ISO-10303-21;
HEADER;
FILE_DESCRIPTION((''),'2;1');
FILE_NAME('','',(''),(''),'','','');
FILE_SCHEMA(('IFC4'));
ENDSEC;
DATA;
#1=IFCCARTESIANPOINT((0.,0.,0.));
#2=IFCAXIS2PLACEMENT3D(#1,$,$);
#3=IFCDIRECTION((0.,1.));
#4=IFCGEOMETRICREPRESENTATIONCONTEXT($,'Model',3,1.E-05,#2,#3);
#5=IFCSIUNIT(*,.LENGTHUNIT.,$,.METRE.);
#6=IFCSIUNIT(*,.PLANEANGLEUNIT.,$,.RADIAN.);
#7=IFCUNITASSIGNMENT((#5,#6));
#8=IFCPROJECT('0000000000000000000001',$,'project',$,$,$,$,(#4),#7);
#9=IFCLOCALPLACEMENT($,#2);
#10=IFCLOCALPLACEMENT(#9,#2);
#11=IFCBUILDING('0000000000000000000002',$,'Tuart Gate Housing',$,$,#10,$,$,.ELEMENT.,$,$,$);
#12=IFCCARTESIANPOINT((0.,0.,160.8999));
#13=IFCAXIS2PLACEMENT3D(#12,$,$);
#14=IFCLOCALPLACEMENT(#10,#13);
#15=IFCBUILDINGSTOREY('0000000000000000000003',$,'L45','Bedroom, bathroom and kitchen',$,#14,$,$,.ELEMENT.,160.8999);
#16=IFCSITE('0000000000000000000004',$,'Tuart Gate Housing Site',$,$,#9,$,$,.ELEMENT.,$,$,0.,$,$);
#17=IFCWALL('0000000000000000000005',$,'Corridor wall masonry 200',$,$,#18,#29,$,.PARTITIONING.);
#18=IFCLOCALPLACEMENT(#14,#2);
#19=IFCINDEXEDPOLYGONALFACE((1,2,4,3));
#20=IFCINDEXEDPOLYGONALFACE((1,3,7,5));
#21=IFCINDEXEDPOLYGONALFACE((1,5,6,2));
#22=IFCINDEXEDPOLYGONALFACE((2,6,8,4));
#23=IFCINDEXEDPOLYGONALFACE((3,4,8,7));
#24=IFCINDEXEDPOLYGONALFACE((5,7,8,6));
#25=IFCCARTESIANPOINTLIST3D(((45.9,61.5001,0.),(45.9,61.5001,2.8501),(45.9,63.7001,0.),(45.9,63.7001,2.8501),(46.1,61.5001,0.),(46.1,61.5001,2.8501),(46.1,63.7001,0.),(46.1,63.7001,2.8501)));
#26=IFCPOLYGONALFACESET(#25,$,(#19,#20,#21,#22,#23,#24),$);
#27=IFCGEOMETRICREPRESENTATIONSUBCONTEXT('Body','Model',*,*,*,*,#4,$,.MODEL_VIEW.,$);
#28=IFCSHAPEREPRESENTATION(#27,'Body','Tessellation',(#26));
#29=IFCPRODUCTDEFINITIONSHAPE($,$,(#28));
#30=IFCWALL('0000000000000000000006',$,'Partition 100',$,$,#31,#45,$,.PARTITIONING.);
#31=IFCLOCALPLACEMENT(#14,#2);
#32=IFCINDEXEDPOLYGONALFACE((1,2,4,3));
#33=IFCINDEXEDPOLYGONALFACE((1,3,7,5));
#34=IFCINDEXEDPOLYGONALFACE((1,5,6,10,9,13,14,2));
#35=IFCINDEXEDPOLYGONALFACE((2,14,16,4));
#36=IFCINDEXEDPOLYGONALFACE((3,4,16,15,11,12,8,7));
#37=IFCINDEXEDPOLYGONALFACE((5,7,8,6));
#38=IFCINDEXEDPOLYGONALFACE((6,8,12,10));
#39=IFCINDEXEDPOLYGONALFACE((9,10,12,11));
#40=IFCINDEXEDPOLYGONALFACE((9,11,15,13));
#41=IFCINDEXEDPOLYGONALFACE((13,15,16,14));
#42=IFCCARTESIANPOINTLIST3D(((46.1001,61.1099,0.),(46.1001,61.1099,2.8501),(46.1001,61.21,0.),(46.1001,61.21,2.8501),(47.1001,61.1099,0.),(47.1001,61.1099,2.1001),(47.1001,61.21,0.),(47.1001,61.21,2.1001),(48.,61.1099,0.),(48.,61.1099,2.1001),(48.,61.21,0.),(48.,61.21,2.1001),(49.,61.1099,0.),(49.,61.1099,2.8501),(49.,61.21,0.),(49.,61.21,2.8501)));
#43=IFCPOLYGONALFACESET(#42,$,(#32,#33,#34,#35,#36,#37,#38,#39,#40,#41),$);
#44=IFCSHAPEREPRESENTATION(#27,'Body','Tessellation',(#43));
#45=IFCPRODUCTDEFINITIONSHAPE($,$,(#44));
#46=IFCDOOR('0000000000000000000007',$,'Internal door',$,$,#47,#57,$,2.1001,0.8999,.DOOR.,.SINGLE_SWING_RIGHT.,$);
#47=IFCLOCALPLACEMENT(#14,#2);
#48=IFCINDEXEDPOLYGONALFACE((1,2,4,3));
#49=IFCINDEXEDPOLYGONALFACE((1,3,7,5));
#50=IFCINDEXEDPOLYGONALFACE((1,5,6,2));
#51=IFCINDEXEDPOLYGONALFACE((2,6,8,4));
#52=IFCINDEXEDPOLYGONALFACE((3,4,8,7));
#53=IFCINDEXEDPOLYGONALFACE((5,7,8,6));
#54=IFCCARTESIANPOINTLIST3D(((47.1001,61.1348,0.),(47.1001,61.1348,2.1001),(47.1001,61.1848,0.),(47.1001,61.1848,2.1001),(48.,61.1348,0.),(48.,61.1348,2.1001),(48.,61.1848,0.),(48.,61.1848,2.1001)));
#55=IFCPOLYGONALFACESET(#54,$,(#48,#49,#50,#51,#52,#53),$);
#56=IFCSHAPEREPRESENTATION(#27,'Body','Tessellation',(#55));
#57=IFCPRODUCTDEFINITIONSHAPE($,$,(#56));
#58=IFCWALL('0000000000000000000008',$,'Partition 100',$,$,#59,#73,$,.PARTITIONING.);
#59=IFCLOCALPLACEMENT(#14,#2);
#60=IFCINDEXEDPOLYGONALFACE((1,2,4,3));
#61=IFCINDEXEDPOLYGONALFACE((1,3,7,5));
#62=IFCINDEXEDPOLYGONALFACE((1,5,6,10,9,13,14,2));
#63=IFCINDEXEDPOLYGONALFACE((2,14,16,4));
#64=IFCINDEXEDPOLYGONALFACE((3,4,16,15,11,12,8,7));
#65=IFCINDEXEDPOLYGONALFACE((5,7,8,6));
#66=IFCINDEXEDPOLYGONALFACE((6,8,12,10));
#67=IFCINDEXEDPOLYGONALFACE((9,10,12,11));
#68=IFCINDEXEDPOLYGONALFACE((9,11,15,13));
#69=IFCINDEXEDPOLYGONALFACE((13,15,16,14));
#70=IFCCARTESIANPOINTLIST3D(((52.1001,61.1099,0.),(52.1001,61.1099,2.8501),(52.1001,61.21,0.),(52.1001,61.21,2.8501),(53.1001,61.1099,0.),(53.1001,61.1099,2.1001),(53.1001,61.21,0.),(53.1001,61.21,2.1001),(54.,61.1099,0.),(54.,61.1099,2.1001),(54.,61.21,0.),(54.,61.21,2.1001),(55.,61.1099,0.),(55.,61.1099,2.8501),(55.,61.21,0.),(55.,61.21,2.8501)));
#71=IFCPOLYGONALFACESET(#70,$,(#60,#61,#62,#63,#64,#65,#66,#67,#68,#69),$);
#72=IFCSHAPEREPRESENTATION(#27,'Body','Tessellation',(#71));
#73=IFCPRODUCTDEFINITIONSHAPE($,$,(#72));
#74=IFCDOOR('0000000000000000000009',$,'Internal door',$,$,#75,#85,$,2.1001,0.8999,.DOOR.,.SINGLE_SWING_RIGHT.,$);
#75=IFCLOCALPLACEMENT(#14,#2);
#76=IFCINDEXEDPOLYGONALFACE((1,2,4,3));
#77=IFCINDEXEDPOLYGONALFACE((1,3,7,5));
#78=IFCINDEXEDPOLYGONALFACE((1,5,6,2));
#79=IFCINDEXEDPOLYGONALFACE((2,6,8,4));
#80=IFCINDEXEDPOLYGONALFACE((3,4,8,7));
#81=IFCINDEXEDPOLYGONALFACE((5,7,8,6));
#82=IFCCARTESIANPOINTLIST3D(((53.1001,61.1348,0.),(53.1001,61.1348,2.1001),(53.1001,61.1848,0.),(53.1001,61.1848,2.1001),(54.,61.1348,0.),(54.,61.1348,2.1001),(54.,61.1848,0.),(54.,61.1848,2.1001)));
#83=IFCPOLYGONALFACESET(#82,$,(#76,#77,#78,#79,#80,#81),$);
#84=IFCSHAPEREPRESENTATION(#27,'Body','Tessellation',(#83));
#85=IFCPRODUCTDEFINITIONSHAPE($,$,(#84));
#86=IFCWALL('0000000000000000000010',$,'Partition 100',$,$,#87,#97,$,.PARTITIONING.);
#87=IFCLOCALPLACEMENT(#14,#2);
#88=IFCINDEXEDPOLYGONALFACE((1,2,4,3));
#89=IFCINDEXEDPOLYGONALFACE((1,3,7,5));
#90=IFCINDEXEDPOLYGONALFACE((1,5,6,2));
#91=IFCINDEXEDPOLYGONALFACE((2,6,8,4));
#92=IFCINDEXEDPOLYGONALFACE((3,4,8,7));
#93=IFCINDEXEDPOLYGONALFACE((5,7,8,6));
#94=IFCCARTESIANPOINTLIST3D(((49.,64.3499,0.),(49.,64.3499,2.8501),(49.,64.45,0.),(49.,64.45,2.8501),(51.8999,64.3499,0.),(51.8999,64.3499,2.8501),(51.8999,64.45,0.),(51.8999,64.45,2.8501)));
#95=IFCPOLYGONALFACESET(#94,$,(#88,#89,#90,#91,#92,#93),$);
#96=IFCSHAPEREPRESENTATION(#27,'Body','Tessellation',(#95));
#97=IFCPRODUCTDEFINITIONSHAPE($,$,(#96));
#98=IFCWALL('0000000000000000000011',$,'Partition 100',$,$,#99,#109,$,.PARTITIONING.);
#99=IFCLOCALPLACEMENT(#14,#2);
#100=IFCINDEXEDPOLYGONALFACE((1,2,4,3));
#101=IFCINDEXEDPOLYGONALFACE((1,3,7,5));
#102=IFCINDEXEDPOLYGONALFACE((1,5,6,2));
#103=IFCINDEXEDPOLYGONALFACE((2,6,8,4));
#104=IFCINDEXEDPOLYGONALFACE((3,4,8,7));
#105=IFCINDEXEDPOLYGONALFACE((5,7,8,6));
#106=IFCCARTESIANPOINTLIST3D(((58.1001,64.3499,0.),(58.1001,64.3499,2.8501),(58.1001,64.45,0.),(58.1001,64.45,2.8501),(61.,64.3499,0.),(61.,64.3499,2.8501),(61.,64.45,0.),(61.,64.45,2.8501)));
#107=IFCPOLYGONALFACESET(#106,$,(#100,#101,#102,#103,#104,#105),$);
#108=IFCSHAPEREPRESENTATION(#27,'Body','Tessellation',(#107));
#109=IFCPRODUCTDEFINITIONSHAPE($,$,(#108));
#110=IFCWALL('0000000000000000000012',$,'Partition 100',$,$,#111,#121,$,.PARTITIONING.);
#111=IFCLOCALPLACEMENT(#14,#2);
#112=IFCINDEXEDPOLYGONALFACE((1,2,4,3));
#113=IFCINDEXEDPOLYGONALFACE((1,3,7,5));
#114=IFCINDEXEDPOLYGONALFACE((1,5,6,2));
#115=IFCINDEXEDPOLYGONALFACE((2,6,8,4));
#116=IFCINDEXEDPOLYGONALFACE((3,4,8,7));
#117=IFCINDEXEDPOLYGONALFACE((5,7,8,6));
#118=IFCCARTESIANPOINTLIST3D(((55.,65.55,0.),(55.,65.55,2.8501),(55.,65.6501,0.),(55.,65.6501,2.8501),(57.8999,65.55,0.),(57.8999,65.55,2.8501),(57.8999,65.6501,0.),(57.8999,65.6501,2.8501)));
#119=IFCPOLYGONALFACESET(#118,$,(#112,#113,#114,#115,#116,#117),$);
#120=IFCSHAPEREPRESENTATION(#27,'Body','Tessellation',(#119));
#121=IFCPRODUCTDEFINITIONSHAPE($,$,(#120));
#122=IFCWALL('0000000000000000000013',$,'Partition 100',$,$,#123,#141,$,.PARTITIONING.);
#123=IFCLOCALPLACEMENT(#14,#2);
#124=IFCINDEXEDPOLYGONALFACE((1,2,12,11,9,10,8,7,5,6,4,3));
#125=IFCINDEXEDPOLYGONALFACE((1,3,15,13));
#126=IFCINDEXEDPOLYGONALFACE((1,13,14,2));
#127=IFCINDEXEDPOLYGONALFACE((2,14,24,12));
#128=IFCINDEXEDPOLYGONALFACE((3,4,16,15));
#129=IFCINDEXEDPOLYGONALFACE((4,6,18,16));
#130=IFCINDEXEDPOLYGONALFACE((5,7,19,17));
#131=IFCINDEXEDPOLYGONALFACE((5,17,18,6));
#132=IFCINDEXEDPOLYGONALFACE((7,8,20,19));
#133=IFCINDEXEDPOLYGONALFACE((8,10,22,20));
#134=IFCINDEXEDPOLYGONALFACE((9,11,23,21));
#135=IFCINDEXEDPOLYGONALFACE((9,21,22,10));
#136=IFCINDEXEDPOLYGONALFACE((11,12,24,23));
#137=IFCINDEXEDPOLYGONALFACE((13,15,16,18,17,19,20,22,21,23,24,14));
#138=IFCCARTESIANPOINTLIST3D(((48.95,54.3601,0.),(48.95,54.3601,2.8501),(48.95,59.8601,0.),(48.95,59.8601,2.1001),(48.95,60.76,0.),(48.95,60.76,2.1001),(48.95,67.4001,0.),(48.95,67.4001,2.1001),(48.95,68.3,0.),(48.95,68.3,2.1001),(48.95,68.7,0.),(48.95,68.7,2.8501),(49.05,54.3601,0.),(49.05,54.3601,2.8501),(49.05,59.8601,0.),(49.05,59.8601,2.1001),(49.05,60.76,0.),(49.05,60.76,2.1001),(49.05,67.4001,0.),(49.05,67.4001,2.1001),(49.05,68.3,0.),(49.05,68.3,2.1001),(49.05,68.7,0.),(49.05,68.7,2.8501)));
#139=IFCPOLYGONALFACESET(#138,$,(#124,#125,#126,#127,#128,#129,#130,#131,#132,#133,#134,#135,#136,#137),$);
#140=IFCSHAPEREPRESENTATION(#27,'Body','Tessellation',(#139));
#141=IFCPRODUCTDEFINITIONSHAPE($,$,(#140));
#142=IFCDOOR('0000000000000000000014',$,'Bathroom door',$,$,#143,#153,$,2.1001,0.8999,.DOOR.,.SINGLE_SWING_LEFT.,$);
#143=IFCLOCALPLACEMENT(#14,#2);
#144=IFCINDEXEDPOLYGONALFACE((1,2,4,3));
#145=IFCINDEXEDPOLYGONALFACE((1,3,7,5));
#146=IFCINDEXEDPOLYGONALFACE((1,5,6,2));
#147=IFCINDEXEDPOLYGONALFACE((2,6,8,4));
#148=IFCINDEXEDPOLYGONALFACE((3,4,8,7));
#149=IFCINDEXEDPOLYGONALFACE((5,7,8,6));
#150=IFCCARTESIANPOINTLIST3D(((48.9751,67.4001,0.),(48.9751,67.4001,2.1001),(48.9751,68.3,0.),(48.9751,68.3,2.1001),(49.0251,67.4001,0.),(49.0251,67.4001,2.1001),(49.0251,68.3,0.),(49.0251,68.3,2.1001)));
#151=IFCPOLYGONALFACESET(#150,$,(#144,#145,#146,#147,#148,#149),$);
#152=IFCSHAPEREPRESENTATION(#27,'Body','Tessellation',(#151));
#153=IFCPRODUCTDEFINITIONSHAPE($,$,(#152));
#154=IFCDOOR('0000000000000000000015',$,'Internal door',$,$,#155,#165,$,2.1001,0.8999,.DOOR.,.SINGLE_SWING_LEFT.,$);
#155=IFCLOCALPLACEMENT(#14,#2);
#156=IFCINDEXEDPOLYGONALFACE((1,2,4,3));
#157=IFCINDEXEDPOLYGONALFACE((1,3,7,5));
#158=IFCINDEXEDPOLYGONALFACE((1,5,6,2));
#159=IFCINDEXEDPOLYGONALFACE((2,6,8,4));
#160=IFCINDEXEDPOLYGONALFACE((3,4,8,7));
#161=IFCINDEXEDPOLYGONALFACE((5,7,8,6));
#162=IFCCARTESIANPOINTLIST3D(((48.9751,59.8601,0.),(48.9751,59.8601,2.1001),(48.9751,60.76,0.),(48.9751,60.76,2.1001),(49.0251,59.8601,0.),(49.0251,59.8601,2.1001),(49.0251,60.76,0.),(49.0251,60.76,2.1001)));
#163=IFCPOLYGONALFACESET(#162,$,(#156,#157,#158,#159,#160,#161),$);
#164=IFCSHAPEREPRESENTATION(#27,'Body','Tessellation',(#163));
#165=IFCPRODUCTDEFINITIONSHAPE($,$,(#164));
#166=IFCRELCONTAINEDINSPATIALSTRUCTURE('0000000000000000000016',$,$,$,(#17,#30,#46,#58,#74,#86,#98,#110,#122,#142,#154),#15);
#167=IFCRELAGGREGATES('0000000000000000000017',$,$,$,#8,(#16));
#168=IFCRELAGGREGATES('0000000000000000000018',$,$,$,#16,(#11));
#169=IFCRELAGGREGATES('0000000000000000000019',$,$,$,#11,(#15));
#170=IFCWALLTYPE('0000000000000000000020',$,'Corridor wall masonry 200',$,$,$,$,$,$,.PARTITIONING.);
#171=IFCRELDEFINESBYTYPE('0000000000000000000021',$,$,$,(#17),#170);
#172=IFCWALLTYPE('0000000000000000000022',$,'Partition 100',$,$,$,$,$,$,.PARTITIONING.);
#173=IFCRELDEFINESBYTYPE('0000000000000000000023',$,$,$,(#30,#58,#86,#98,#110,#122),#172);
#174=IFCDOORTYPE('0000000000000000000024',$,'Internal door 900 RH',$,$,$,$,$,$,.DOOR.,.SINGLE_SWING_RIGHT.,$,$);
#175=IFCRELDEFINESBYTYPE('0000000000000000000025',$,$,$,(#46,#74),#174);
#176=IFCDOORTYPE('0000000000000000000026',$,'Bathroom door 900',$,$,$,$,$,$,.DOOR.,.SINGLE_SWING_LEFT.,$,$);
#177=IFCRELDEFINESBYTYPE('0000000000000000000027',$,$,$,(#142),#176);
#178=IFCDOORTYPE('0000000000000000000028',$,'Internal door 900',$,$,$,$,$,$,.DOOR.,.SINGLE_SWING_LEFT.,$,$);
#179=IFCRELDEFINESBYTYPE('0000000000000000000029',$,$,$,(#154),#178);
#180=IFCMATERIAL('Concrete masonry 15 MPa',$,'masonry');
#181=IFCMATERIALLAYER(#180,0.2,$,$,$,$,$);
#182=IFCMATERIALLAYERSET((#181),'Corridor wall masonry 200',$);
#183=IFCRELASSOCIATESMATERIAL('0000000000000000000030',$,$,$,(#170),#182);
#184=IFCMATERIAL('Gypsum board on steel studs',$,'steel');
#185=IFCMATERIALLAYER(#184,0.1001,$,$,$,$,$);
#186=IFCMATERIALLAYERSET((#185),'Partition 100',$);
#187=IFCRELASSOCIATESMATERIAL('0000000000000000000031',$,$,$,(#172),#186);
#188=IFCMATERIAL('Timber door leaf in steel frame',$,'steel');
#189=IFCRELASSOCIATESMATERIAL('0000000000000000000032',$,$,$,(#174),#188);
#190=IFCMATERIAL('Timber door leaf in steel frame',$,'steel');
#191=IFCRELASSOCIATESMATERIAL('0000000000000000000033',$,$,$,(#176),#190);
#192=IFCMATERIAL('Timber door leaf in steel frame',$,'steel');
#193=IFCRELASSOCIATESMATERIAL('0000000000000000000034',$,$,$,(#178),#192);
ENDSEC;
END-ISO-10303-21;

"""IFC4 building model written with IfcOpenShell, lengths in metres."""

from ifc_helpers import new_model, si_unit, direction, frame, frame_2d, origin, place, context, subcontext, project, spatial, rectangle, extrude, material, layer, layer_set, type_object, element, fill, save


model = new_model("IFC4")

# Units and contexts
model_context = context("Model", 3, precision=1e-05, world=origin(), true_north=direction((0.0, 1.0)))
body_context = subcontext(model_context, "Body", "Model", "MODEL_VIEW")
ifc_project = project(units=[si_unit("LENGTHUNIT", "METRE"), si_unit("PLANEANGLEUNIT", "RADIAN")], contexts=[model_context])

# Site, building, storey
site_placement = place(None, origin())
site = spatial("IfcSite", under=ifc_project, at=site_placement, Name="Tuart Gate Housing Site", CompositionType="ELEMENT", RefElevation=0.0)
building_placement = place(site_placement, origin())
building = spatial("IfcBuilding", under=site, at=building_placement, Name="Tuart Gate Housing", CompositionType="ELEMENT")
storey_placement = place(building_placement, frame((0.0, 0.0, 160.8999)))
storey = spatial("IfcBuildingStorey", under=building, at=storey_placement, Name="L45", Description="Bedroom, bathroom and kitchen", CompositionType="ELEMENT", Elevation=160.8999)

# Wall
ifc_material_1 = material(Name="Concrete masonry 15 MPa", Category="masonry")
ifc_layer_1 = layer(ifc_material_1, 0.2)
ifc_layer_set_1 = layer_set([ifc_layer_1], Name="Corridor wall masonry 200")
wall_type_1 = type_object("IfcWallType", Name="Corridor wall masonry 200", PredefinedType="PARTITIONING", material=ifc_layer_set_1)
wall_1_placement = place(storey_placement, frame((46.0, 61.5, 0.0), z_axis=(0.0, 0.0, 1.0), x_axis=(0.0, 1.0, 0.0)))
element("IfcWall", 1, at=wall_1_placement, inside=storey, type_object=wall_type_1, Name="Corridor wall masonry 200", PredefinedType="PARTITIONING", context=body_context, shape_type="SweptSolid", body=[
    extrude(rectangle(XDim=2.2, YDim=0.2, at=frame_2d((1.1001, 0.0))), origin(), (0.0, 0.0, 1.0), 2.8501),
])

# Walls, openings, doors
ifc_material_2 = material(Name="Gypsum board on steel studs", Category="steel")
ifc_layer_2 = layer(ifc_material_2, 0.1001)
ifc_layer_set_2 = layer_set([ifc_layer_2], Name="Partition 100")
wall_type_2 = type_object("IfcWallType", Name="Partition 100", PredefinedType="PARTITIONING", material=ifc_layer_set_2)
wall_2_placement = place(storey_placement, frame((46.1001, 61.1599, 0.0), z_axis=(0.0, 0.0, 1.0), x_axis=(1.0, 0.0, 0.0)))
wall_2 = element("IfcWall", 2, at=wall_2_placement, inside=storey, type_object=wall_type_2, Name="Partition 100", PredefinedType="PARTITIONING", context=body_context, shape_type="SweptSolid", body=[
    extrude(rectangle(XDim=2.8999, YDim=0.1001, at=frame_2d((1.45, 0.0))), origin(), (0.0, 0.0, 1.0), 2.8501),
])
opening_1_placement = place(wall_2_placement, frame((1.0, 0.0, 0.0)))
opening_1 = element("IfcOpeningElement", 3, at=opening_1_placement, cuts=wall_2, PredefinedType="OPENING", context=body_context, shape_type="SweptSolid", body=[
    extrude(rectangle(XDim=0.8999, YDim=2.1001, at=frame_2d((0.45, 1.05))), frame((0.0, 0.0601, 0.0), z_axis=(0.0, -1.0, 0.0), x_axis=(1.0, 0.0, 0.0)), (0.0, 0.0, 1.0), 0.1201),
])
ifc_material_3 = material(Name="Timber door leaf in steel frame", Category="steel")
door_type_1 = type_object("IfcDoorType", Name="Internal door 900 RH", OperationType="SINGLE_SWING_RIGHT", PredefinedType="DOOR", material=ifc_material_3)
door_1_placement = place(opening_1_placement, origin())
door_1 = element("IfcDoor", 4, at=door_1_placement, inside=storey, type_object=door_type_1, Name="Internal door", OperationType="SINGLE_SWING_RIGHT", OverallHeight=2.1001, OverallWidth=0.8999, PredefinedType="DOOR", context=body_context, shape_type="SweptSolid", body=[
    extrude(rectangle(XDim=0.8999, YDim=2.1001, at=frame_2d((0.45, 1.05))), frame((0.0, 0.0249, 0.0), z_axis=(0.0, -1.0, 0.0), x_axis=(1.0, 0.0, 0.0)), (0.0, 0.0, 1.0), 0.05),
])
fill(opening_1, door_1)
wall_3_placement = place(storey_placement, frame((52.1001, 61.1599, 0.0), z_axis=(0.0, 0.0, 1.0), x_axis=(1.0, 0.0, 0.0)))
wall_3 = element("IfcWall", 5, at=wall_3_placement, inside=storey, type_object=wall_type_2, Name="Partition 100", PredefinedType="PARTITIONING", context=body_context, shape_type="SweptSolid", body=[
    extrude(rectangle(XDim=2.8999, YDim=0.1001, at=frame_2d((1.45, 0.0))), origin(), (0.0, 0.0, 1.0), 2.8501),
])
opening_2_placement = place(wall_3_placement, frame((1.0, 0.0, 0.0)))
opening_2 = element("IfcOpeningElement", 6, at=opening_2_placement, cuts=wall_3, PredefinedType="OPENING", context=body_context, shape_type="SweptSolid", body=[
    extrude(rectangle(XDim=0.8999, YDim=2.1001, at=frame_2d((0.45, 1.05))), frame((0.0, 0.0601, 0.0), z_axis=(0.0, -1.0, 0.0), x_axis=(1.0, 0.0, 0.0)), (0.0, 0.0, 1.0), 0.1201),
])
door_2_placement = place(opening_2_placement, origin())
door_2 = element("IfcDoor", 7, at=door_2_placement, inside=storey, type_object=door_type_1, Name="Internal door", OperationType="SINGLE_SWING_RIGHT", OverallHeight=2.1001, OverallWidth=0.8999, PredefinedType="DOOR", context=body_context, shape_type="SweptSolid", body=[
    extrude(rectangle(XDim=0.8999, YDim=2.1001, at=frame_2d((0.45, 1.05))), frame((0.0, 0.0249, 0.0), z_axis=(0.0, -1.0, 0.0), x_axis=(1.0, 0.0, 0.0)), (0.0, 0.0, 1.0), 0.05),
])
fill(opening_2, door_2)

# Walls
for number, where, z_axis, x_axis, name in (
    (8, (49.0, 64.3999, 0.0), (0.0, 0.0, 1.0), (1.0, 0.0, 0.0), "Partition 100"),
    (9, (58.1001, 64.3999, 0.0), (0.0, 0.0, 1.0), (1.0, 0.0, 0.0), "Partition 100"),
    (10, (55.0, 65.6001, 0.0), (0.0, 0.0, 1.0), (1.0, 0.0, 0.0), "Partition 100"),
):
    element("IfcWall", number, at=place(storey_placement, frame(where, z_axis=z_axis, x_axis=x_axis)), inside=storey, type_object=wall_type_2, Name=name, PredefinedType="PARTITIONING", context=body_context, shape_type="SweptSolid", body=[
        extrude(rectangle(XDim=2.8999, YDim=0.1001, at=frame_2d((1.45, 0.0))), origin(), (0.0, 0.0, 1.0), 2.8501),
    ])

# Wall, openings, doors
wall_4_placement = place(storey_placement, frame((49.0, 54.3601, 0.0), z_axis=(0.0, 0.0, 1.0), x_axis=(0.0, 1.0, 0.0)))
wall_4 = element("IfcWall", 11, at=wall_4_placement, inside=storey, type_object=wall_type_2, Name="Partition 100", PredefinedType="PARTITIONING", context=body_context, shape_type="SweptSolid", body=[
    extrude(rectangle(XDim=14.3398, YDim=0.1001, at=frame_2d((7.1699, 0.0))), origin(), (0.0, 0.0, 1.0), 2.8501),
])
opening_3_placement = place(wall_4_placement, frame((5.5, 0.0, 0.0)))
opening_3 = element("IfcOpeningElement", 12, at=opening_3_placement, cuts=wall_4, PredefinedType="OPENING", context=body_context, shape_type="SweptSolid", body=[
    extrude(rectangle(XDim=0.8999, YDim=2.1001, at=frame_2d((0.45, 1.05))), frame((0.0, 0.0601, 0.0), z_axis=(0.0, -1.0, 0.0), x_axis=(1.0, 0.0, 0.0)), (0.0, 0.0, 1.0), 0.1201),
])
opening_4_placement = place(wall_4_placement, frame((13.04, 0.0, 0.0)))
opening_4 = element("IfcOpeningElement", 13, at=opening_4_placement, cuts=wall_4, PredefinedType="OPENING", context=body_context, shape_type="SweptSolid", body=[
    extrude(rectangle(XDim=0.8999, YDim=2.1001, at=frame_2d((0.45, 1.05))), frame((0.0, 0.0601, 0.0), z_axis=(0.0, -1.0, 0.0), x_axis=(1.0, 0.0, 0.0)), (0.0, 0.0, 1.0), 0.1201),
])
ifc_material_4 = material(Name="Timber door leaf in steel frame", Category="steel")
door_type_2 = type_object("IfcDoorType", Name="Bathroom door 900", OperationType="SINGLE_SWING_LEFT", PredefinedType="DOOR", material=ifc_material_4)
door_3_placement = place(opening_4_placement, frame((0.8999, 0.0, 0.0), z_axis=(0.0, 0.0, 1.0), x_axis=(-1.0, 0.0, 0.0)))
door_3 = element("IfcDoor", 14, at=door_3_placement, inside=storey, type_object=door_type_2, Name="Bathroom door", OperationType="SINGLE_SWING_LEFT", OverallHeight=2.1001, OverallWidth=0.8999, PredefinedType="DOOR", context=body_context, shape_type="SweptSolid", body=[
    extrude(rectangle(XDim=0.8999, YDim=2.1001, at=frame_2d((0.45, 1.05))), frame((0.0, 0.0251, 0.0), z_axis=(0.0, -1.0, 0.0), x_axis=(1.0, 0.0, 0.0)), (0.0, 0.0, 1.0), 0.05),
])
fill(opening_4, door_3)
ifc_material_5 = material(Name="Timber door leaf in steel frame", Category="steel")
door_type_3 = type_object("IfcDoorType", Name="Internal door 900", OperationType="SINGLE_SWING_LEFT", PredefinedType="DOOR", material=ifc_material_5)
door_4_placement = place(opening_3_placement, frame((0.8999, 0.0, 0.0), z_axis=(0.0, 0.0, 1.0), x_axis=(-1.0, 0.0, 0.0)))
door_4 = element("IfcDoor", 15, at=door_4_placement, inside=storey, type_object=door_type_3, Name="Internal door", OperationType="SINGLE_SWING_LEFT", OverallHeight=2.1001, OverallWidth=0.8999, PredefinedType="DOOR", context=body_context, shape_type="SweptSolid", body=[
    extrude(rectangle(XDim=0.8999, YDim=2.1001, at=frame_2d((0.45, 1.05))), frame((0.0, 0.0251, 0.0), z_axis=(0.0, -1.0, 0.0), x_axis=(1.0, 0.0, 0.0)), (0.0, 0.0, 1.0), 0.05),
])
fill(opening_3, door_4)

save(model, "model.ifc")
